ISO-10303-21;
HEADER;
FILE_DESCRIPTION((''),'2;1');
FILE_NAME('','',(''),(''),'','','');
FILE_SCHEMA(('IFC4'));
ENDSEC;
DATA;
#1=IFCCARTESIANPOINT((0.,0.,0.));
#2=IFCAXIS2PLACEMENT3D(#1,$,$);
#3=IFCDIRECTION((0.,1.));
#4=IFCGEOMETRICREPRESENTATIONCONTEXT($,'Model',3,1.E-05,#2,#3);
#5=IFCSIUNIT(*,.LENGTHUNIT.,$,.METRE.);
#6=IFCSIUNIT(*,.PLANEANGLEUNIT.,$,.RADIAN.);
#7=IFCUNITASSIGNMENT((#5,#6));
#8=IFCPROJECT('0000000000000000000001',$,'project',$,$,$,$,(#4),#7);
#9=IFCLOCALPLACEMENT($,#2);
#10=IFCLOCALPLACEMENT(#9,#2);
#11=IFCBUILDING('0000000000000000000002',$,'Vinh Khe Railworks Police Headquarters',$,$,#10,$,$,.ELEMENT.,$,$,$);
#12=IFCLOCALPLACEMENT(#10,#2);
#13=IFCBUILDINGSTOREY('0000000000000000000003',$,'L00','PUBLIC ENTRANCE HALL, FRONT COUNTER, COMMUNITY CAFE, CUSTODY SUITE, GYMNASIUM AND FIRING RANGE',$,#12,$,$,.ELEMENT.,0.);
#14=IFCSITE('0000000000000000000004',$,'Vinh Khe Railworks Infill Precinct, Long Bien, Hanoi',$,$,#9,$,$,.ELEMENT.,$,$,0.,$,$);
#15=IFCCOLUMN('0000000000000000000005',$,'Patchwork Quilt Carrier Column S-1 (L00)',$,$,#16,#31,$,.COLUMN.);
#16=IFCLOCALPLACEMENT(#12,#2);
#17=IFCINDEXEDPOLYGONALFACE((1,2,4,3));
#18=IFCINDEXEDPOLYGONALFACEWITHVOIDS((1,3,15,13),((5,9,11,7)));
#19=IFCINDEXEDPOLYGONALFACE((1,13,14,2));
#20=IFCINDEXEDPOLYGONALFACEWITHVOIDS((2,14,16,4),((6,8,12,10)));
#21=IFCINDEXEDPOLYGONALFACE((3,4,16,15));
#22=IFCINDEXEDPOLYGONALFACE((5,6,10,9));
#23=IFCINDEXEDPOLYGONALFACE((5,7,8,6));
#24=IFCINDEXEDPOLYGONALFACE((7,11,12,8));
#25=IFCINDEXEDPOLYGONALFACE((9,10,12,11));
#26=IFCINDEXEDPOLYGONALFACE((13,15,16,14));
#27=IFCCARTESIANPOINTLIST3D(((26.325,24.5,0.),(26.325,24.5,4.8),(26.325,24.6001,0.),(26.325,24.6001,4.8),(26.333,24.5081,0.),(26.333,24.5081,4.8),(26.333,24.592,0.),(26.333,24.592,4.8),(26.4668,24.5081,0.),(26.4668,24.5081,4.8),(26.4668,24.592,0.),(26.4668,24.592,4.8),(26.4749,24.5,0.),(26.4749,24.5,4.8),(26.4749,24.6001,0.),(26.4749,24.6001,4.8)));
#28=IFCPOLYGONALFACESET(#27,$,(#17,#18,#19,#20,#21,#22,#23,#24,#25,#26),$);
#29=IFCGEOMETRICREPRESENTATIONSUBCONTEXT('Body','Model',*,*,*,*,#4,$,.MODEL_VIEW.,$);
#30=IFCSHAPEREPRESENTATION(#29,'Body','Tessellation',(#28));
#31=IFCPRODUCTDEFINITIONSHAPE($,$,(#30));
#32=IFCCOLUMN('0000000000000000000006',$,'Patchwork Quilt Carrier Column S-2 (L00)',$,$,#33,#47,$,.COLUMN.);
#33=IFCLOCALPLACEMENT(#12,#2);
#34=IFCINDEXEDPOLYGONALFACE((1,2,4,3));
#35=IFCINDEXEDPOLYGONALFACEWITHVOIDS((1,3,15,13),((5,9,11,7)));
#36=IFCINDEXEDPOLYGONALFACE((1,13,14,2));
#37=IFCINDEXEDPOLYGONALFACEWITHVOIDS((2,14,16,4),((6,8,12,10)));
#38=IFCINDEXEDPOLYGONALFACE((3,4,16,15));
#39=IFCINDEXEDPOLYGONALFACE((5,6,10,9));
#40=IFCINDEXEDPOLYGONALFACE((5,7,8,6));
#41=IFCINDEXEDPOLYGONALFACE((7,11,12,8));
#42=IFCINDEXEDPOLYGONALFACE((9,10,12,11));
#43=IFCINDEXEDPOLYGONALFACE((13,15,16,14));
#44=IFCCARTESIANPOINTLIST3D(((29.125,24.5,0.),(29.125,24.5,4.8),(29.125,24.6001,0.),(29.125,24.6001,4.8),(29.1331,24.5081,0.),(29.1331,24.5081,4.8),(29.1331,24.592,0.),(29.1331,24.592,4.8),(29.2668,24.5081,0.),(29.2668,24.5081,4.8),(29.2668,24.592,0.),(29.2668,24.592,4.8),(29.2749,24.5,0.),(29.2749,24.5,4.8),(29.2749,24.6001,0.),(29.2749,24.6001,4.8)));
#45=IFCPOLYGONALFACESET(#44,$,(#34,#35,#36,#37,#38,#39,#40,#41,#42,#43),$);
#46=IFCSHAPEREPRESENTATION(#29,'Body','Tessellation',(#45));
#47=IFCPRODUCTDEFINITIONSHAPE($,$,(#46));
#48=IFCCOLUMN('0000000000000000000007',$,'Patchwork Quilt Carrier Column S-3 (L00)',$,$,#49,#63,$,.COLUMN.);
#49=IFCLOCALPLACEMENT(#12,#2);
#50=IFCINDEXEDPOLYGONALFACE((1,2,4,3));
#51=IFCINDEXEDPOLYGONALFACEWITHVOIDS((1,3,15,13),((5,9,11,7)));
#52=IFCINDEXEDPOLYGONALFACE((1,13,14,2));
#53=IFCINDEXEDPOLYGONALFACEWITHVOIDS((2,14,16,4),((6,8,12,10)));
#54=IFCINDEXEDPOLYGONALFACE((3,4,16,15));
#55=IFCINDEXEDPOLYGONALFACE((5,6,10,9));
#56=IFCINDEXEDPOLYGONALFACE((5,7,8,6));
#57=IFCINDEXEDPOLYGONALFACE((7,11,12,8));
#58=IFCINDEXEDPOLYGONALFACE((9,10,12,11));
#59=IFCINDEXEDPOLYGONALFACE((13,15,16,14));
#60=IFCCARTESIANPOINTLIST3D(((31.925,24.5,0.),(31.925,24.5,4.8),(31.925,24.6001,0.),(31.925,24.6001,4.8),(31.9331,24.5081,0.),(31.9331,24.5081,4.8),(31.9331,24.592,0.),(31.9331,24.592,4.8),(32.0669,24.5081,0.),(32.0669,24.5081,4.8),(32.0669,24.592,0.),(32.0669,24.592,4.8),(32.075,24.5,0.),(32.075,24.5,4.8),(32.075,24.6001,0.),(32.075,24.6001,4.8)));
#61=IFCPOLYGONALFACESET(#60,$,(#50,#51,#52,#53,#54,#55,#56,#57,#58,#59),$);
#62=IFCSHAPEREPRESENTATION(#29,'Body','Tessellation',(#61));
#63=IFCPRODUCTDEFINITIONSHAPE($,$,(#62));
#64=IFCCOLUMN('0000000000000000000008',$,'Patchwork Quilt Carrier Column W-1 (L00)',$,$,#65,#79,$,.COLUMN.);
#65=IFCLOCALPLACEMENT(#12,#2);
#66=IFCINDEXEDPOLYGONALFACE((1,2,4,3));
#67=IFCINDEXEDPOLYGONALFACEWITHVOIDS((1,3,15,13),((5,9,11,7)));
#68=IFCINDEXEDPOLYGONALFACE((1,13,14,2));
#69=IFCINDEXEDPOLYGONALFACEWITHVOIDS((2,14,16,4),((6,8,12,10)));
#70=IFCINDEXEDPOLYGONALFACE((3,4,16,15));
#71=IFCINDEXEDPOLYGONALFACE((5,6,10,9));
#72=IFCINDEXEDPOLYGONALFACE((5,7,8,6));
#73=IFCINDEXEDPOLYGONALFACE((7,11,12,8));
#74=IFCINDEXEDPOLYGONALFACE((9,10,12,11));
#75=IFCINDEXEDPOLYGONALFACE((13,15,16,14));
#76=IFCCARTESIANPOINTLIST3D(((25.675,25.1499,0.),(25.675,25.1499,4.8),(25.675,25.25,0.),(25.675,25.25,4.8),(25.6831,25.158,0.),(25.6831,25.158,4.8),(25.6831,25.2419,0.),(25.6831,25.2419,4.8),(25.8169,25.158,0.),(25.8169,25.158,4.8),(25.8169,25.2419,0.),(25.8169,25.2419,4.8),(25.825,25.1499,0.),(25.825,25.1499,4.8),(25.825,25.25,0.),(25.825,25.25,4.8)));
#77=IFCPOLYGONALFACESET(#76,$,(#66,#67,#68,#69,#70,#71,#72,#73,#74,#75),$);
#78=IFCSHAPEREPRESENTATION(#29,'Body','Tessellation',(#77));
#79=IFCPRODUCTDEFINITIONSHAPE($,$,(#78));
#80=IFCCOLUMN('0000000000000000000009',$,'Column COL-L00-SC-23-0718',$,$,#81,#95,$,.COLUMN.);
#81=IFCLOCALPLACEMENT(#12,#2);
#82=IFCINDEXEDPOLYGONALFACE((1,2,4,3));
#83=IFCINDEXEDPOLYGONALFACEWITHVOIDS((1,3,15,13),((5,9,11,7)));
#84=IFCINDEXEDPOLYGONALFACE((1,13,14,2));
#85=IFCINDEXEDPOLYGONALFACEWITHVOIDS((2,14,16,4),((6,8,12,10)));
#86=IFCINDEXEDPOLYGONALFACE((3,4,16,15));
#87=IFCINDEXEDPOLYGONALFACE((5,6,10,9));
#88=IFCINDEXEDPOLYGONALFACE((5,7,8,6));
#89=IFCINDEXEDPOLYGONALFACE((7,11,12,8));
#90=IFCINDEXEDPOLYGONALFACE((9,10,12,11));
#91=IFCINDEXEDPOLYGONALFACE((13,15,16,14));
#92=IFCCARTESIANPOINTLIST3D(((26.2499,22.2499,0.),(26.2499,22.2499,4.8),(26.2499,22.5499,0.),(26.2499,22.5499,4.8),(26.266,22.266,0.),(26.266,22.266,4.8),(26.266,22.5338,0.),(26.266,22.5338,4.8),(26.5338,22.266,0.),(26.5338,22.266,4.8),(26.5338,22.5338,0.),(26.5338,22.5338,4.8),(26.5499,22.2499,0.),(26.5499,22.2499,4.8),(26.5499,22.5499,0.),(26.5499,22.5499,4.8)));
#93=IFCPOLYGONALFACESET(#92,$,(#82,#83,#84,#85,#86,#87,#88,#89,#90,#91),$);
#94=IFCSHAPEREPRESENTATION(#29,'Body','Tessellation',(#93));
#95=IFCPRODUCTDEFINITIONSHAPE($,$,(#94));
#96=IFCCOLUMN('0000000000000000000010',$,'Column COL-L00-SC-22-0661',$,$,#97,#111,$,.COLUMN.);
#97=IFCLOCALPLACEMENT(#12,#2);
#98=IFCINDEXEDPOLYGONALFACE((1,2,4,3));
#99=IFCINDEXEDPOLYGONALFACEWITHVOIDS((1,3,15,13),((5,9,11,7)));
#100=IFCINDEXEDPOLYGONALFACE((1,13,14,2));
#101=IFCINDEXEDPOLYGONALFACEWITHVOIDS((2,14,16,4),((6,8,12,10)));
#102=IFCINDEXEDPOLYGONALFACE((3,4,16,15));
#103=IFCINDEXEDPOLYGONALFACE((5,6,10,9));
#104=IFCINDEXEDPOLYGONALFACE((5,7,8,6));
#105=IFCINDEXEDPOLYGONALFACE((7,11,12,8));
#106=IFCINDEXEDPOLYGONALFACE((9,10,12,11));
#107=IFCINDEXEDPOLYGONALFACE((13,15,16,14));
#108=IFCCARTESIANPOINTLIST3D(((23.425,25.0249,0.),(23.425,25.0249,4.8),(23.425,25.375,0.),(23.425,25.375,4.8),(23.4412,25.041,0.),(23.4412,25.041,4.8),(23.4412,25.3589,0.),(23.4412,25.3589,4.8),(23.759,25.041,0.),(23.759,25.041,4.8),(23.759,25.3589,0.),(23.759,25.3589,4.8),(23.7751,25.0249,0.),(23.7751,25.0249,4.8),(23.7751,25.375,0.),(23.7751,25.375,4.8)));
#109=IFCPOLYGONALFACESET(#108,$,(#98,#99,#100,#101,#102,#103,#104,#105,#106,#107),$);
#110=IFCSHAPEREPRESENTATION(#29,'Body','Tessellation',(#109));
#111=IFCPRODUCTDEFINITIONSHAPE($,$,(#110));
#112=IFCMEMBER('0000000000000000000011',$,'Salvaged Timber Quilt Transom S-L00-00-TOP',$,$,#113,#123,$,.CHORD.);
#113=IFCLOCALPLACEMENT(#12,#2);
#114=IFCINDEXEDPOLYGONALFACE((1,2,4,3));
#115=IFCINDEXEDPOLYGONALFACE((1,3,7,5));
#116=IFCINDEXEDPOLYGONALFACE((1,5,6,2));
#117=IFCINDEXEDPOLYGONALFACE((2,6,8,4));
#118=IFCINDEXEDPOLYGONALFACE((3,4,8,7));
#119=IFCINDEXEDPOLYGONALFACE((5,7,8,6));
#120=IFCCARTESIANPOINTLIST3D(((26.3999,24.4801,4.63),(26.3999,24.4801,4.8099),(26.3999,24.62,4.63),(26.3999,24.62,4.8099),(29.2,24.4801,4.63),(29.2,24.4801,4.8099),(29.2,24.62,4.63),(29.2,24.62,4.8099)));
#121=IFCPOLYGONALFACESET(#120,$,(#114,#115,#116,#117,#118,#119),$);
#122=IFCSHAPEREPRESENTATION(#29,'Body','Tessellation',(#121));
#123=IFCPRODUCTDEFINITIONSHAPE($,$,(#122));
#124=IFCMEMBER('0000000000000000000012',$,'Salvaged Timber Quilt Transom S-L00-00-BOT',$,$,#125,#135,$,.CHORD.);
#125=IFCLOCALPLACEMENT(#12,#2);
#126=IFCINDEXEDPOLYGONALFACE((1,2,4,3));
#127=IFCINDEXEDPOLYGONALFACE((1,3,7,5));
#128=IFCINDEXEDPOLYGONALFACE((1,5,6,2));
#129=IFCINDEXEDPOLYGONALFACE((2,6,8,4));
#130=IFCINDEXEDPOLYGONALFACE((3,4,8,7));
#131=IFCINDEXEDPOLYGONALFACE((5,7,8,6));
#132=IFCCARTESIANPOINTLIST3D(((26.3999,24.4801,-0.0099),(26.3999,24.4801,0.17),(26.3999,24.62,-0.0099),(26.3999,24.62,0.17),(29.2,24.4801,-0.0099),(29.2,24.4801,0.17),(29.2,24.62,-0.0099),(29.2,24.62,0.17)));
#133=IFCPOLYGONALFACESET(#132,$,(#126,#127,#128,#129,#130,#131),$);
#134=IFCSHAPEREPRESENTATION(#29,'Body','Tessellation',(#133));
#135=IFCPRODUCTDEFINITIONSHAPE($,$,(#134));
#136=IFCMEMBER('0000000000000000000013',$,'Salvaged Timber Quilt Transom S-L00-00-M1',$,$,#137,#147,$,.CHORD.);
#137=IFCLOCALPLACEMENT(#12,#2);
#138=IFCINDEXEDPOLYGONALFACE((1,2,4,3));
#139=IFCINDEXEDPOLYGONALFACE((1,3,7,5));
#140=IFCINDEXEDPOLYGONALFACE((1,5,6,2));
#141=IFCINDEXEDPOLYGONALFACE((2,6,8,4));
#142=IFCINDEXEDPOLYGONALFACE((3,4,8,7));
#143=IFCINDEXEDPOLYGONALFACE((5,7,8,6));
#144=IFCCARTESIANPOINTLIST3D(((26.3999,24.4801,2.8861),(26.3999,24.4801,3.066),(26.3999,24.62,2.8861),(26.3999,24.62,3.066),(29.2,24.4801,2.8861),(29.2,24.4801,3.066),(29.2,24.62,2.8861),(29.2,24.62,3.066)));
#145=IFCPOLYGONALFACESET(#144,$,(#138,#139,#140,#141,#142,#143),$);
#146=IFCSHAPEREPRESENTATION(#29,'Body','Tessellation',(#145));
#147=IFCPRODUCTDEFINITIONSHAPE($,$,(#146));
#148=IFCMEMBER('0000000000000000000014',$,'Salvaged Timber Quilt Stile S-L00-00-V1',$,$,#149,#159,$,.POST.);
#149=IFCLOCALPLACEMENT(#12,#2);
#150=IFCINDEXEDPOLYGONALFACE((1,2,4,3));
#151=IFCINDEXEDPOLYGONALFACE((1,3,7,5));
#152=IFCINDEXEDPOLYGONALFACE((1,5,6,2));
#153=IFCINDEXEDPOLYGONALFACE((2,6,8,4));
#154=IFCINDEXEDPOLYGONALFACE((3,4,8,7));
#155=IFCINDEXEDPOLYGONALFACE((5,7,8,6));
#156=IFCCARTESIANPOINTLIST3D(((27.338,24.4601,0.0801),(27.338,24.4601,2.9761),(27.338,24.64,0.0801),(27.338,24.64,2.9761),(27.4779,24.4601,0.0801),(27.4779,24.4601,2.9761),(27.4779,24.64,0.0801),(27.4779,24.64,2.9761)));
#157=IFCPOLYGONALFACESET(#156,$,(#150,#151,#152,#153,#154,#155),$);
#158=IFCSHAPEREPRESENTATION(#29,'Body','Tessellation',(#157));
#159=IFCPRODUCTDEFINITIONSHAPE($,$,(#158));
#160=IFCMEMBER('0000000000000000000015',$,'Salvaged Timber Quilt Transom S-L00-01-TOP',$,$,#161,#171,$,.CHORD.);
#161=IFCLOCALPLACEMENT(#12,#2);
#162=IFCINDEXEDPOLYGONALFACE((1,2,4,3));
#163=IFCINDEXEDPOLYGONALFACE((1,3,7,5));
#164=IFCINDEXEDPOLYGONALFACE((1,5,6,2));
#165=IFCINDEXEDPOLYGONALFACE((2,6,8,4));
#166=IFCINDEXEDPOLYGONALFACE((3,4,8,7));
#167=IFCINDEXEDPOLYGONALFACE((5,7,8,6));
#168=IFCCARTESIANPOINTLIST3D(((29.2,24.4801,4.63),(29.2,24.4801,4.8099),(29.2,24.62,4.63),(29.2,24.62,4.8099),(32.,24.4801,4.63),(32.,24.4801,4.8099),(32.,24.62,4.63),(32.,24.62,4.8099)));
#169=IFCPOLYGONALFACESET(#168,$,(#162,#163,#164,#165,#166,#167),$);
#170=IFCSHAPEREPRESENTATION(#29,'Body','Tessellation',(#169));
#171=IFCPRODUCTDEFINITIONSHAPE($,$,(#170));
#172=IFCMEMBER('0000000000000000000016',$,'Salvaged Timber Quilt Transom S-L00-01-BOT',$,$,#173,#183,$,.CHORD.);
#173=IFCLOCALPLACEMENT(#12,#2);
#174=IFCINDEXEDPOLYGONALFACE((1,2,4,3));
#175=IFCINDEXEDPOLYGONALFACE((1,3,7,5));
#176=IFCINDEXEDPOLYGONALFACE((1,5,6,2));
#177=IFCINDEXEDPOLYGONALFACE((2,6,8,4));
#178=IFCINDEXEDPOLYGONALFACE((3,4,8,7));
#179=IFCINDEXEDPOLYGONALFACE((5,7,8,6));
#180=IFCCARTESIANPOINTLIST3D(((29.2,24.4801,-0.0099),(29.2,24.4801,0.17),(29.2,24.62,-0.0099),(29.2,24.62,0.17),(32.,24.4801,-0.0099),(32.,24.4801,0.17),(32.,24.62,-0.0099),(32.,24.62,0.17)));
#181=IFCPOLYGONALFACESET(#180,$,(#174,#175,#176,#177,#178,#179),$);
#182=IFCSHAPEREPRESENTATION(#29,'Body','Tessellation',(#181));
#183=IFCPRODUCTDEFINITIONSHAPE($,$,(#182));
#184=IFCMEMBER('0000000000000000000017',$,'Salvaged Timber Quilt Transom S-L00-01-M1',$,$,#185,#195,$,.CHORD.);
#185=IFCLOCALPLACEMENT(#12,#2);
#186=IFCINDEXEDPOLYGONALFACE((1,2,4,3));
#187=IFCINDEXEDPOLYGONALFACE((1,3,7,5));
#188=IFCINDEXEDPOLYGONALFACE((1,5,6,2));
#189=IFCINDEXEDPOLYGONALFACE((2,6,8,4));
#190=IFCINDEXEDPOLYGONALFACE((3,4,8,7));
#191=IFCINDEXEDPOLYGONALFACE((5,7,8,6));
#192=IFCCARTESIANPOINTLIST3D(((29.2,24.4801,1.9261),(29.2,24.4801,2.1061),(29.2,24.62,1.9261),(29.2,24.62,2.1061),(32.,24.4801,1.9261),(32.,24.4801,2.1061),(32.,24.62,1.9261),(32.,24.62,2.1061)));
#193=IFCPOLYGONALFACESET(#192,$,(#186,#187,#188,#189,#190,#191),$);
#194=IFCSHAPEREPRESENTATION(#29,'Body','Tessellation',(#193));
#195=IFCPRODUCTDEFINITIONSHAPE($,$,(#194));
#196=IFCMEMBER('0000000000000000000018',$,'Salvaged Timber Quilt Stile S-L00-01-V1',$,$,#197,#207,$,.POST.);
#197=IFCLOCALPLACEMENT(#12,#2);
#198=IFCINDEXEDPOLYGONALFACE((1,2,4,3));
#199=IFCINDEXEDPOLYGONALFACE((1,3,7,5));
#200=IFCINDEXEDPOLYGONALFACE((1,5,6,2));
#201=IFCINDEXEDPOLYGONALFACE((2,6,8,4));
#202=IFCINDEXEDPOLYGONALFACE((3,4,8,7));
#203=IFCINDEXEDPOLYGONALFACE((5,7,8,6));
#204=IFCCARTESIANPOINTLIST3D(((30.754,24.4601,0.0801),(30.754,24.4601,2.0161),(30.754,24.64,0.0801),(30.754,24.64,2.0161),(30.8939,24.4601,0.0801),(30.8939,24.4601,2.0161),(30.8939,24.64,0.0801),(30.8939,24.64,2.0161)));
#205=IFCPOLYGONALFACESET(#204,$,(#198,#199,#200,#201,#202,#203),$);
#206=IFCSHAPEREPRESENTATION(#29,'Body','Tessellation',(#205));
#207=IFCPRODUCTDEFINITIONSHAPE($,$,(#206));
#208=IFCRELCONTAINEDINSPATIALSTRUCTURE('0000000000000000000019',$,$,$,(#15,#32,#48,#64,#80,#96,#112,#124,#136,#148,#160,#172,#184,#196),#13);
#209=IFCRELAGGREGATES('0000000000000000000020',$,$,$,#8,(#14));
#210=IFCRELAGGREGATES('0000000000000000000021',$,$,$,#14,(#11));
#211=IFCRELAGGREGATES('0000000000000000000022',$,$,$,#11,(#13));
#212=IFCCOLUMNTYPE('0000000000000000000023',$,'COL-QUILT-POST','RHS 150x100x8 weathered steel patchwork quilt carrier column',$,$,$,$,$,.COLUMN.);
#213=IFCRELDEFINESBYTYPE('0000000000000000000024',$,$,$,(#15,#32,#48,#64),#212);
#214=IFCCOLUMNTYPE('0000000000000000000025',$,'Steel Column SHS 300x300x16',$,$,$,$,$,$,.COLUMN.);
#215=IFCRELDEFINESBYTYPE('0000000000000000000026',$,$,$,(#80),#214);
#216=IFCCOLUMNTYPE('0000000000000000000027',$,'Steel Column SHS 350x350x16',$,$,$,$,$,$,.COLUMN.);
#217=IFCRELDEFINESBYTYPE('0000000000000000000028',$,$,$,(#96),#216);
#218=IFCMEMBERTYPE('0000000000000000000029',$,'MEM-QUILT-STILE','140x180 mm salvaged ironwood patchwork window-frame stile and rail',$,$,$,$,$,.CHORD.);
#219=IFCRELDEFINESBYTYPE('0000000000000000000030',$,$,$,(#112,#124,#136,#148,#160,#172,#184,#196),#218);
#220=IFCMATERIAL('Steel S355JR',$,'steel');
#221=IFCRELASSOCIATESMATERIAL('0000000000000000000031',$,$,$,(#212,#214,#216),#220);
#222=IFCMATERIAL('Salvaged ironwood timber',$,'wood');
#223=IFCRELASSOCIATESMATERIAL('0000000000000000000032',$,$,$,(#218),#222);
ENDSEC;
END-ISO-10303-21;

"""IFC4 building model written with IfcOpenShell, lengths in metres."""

from ifc_helpers import new_model, si_unit, direction, frame, origin, origin_2d, place, context, subcontext, project, spatial, rectangle, hollow_rectangle, extrude, material, material_profile, profile_set, type_object, element, save


model = new_model("IFC4")

# Units and contexts
model_context = context("Model", 3, precision=1e-05, world=origin(), true_north=direction((0.0, 1.0)))
body_context = subcontext(model_context, "Body", "Model", "MODEL_VIEW")
ifc_project = project(units=[si_unit("LENGTHUNIT", "METRE"), si_unit("PLANEANGLEUNIT", "RADIAN")], contexts=[model_context])

# Site, building, storey
site_placement = place(None, origin())
site = spatial("IfcSite", under=ifc_project, at=site_placement, Name="Vinh Khe Railworks Infill Precinct, Long Bien, Hanoi", CompositionType="ELEMENT", RefElevation=0.0)
building_placement = place(site_placement, origin())
building = spatial("IfcBuilding", under=site, at=building_placement, Name="Vinh Khe Railworks Police Headquarters", CompositionType="ELEMENT")
storey_placement = place(building_placement, origin())
storey = spatial("IfcBuildingStorey", under=building, at=storey_placement, Name="L00", Description="PUBLIC ENTRANCE HALL, FRONT COUNTER, COMMUNITY CAFE, CUSTODY SUITE, GYMNASIUM AND FIRING RANGE", CompositionType="ELEMENT", Elevation=0.0)

# Columns
ifc_material_1 = material(Name="Steel S355JR", Category="steel")
ifc_material_profile_1 = material_profile(ifc_material_1, hollow_rectangle(XDim=0.1499, YDim=0.1001, WallThickness=0.0081, at=origin_2d()), Name="RHS 150x100x8")
ifc_profile_set_1 = profile_set([ifc_material_profile_1], Name="Steel S355JR")
column_type_1 = type_object("IfcColumnType", Name="COL-QUILT-POST", Description="RHS 150x100x8 weathered steel patchwork quilt carrier column", PredefinedType="COLUMN", material=ifc_profile_set_1)
for number, where, z_axis, x_axis, name in (
    (1, (26.3999, 24.55, 0.0), (0.0, 0.0, 1.0), (1.0, 0.0, 0.0), "Patchwork Quilt Carrier Column S-1 (L00)"),
    (2, (29.2, 24.55, 0.0), (0.0, 0.0, 1.0), (1.0, 0.0, 0.0), "Patchwork Quilt Carrier Column S-2 (L00)"),
    (3, (32.0, 24.55, 0.0), (0.0, 0.0, 1.0), (1.0, 0.0, 0.0), "Patchwork Quilt Carrier Column S-3 (L00)"),
    (4, (25.75, 25.2, 0.0), (0.0, 0.0, 1.0), (1.0, 0.0, 0.0), "Patchwork Quilt Carrier Column W-1 (L00)"),
):
    element("IfcColumn", number, at=place(storey_placement, frame(where, z_axis=z_axis, x_axis=x_axis)), inside=storey, type_object=column_type_1, Name=name, PredefinedType="COLUMN", context=body_context, shape_type="SweptSolid", body=[
        extrude(hollow_rectangle(XDim=0.1499, YDim=0.1001, WallThickness=0.0081, at=origin_2d()), origin(), (0.0, 0.0, 1.0), 4.8),
    ])
ifc_material_profile_2 = material_profile(ifc_material_1, hollow_rectangle(XDim=0.3, YDim=0.3, WallThickness=0.0161, at=origin_2d()), Name="SHS 300x300x16")
ifc_profile_set_2 = profile_set([ifc_material_profile_2], Name="Steel S355JR")
column_type_2 = type_object("IfcColumnType", Name="Steel Column SHS 300x300x16", PredefinedType="COLUMN", material=ifc_profile_set_2)
column_1_placement = place(storey_placement, frame((26.3999, 22.3999, 0.0), z_axis=(0.0, 0.0, 1.0), x_axis=(1.0, 0.0, 0.0)))
element("IfcColumn", 5, at=column_1_placement, inside=storey, type_object=column_type_2, Name="Column COL-L00-SC-23-0718", PredefinedType="COLUMN", context=body_context, shape_type="SweptSolid", body=[
    extrude(hollow_rectangle(XDim=0.3, YDim=0.3, WallThickness=0.0161, at=origin_2d()), origin(), (0.0, 0.0, 1.0), 4.8),
])
ifc_material_profile_3 = material_profile(ifc_material_1, hollow_rectangle(XDim=0.3501, YDim=0.3501, WallThickness=0.0161, at=origin_2d()), Name="SHS 350x350x16")
ifc_profile_set_3 = profile_set([ifc_material_profile_3], Name="Steel S355JR")
column_type_3 = type_object("IfcColumnType", Name="Steel Column SHS 350x350x16", PredefinedType="COLUMN", material=ifc_profile_set_3)
column_2_placement = place(storey_placement, frame((23.6001, 25.2, 0.0), z_axis=(0.0, 0.0, 1.0), x_axis=(1.0, 0.0, 0.0)))
element("IfcColumn", 6, at=column_2_placement, inside=storey, type_object=column_type_3, Name="Column COL-L00-SC-22-0661", PredefinedType="COLUMN", context=body_context, shape_type="SweptSolid", body=[
    extrude(hollow_rectangle(XDim=0.3501, YDim=0.3501, WallThickness=0.0161, at=origin_2d()), origin(), (0.0, 0.0, 1.0), 4.8),
])

# Members
ifc_material_2 = material(Name="Salvaged ironwood timber", Category="wood")
ifc_material_profile_4 = material_profile(ifc_material_2, rectangle(XDim=0.1399, YDim=0.1799, at=origin_2d()), Name="TIMBER 140x180")
ifc_profile_set_4 = profile_set([ifc_material_profile_4], Name="Salvaged ironwood timber")
member_type = type_object("IfcMemberType", Name="MEM-QUILT-STILE", Description="140x180 mm salvaged ironwood patchwork window-frame stile and rail", PredefinedType="CHORD", material=ifc_profile_set_4)
for number, where, z_axis, x_axis, name in (
    (7, (26.3999, 24.55, 4.72), (1.0, 0.0, 0.0), (0.0, 1.0, 0.0), "Salvaged Timber Quilt Transom S-L00-00-TOP"),
    (8, (26.3999, 24.55, 0.0801), (1.0, 0.0, 0.0), (0.0, 1.0, 0.0), "Salvaged Timber Quilt Transom S-L00-00-BOT"),
    (9, (26.3999, 24.55, 2.9761), (1.0, 0.0, 0.0), (0.0, 1.0, 0.0), "Salvaged Timber Quilt Transom S-L00-00-M1"),
):
    element("IfcMember", number, at=place(storey_placement, frame(where, z_axis=z_axis, x_axis=x_axis)), inside=storey, type_object=member_type, Name=name, PredefinedType="CHORD", context=body_context, shape_type="SweptSolid", body=[
        extrude(rectangle(XDim=0.1399, YDim=0.1799, at=origin_2d()), origin(), (0.0, 0.0, 1.0), 2.8),
    ])
member_1_placement = place(storey_placement, frame((27.408, 24.55, 0.0801), z_axis=(0.0, 0.0, 1.0), x_axis=(1.0, 0.0, 0.0)))
element("IfcMember", 10, at=member_1_placement, inside=storey, type_object=member_type, Name="Salvaged Timber Quilt Stile S-L00-00-V1", PredefinedType="POST", context=body_context, shape_type="SweptSolid", body=[
    extrude(rectangle(XDim=0.1399, YDim=0.1799, at=origin_2d()), origin(), (0.0, 0.0, 1.0), 2.896),
])
for number, where, z_axis, x_axis, name in (
    (11, (29.2, 24.55, 4.72), (1.0, 0.0, 0.0), (0.0, 1.0, 0.0), "Salvaged Timber Quilt Transom S-L00-01-TOP"),
    (12, (29.2, 24.55, 0.0801), (1.0, 0.0, 0.0), (0.0, 1.0, 0.0), "Salvaged Timber Quilt Transom S-L00-01-BOT"),
    (13, (29.2, 24.55, 2.0161), (1.0, 0.0, 0.0), (0.0, 1.0, 0.0), "Salvaged Timber Quilt Transom S-L00-01-M1"),
):
    element("IfcMember", number, at=place(storey_placement, frame(where, z_axis=z_axis, x_axis=x_axis)), inside=storey, type_object=member_type, Name=name, PredefinedType="CHORD", context=body_context, shape_type="SweptSolid", body=[
        extrude(rectangle(XDim=0.1399, YDim=0.1799, at=origin_2d()), origin(), (0.0, 0.0, 1.0), 2.8),
    ])
member_2_placement = place(storey_placement, frame((30.824, 24.55, 0.0801), z_axis=(0.0, 0.0, 1.0), x_axis=(1.0, 0.0, 0.0)))
element("IfcMember", 14, at=member_2_placement, inside=storey, type_object=member_type, Name="Salvaged Timber Quilt Stile S-L00-01-V1", PredefinedType="POST", context=body_context, shape_type="SweptSolid", body=[
    extrude(rectangle(XDim=0.1399, YDim=0.1799, at=origin_2d()), origin(), (0.0, 0.0, 1.0), 1.936),
])

save(model, "model.ifc")
